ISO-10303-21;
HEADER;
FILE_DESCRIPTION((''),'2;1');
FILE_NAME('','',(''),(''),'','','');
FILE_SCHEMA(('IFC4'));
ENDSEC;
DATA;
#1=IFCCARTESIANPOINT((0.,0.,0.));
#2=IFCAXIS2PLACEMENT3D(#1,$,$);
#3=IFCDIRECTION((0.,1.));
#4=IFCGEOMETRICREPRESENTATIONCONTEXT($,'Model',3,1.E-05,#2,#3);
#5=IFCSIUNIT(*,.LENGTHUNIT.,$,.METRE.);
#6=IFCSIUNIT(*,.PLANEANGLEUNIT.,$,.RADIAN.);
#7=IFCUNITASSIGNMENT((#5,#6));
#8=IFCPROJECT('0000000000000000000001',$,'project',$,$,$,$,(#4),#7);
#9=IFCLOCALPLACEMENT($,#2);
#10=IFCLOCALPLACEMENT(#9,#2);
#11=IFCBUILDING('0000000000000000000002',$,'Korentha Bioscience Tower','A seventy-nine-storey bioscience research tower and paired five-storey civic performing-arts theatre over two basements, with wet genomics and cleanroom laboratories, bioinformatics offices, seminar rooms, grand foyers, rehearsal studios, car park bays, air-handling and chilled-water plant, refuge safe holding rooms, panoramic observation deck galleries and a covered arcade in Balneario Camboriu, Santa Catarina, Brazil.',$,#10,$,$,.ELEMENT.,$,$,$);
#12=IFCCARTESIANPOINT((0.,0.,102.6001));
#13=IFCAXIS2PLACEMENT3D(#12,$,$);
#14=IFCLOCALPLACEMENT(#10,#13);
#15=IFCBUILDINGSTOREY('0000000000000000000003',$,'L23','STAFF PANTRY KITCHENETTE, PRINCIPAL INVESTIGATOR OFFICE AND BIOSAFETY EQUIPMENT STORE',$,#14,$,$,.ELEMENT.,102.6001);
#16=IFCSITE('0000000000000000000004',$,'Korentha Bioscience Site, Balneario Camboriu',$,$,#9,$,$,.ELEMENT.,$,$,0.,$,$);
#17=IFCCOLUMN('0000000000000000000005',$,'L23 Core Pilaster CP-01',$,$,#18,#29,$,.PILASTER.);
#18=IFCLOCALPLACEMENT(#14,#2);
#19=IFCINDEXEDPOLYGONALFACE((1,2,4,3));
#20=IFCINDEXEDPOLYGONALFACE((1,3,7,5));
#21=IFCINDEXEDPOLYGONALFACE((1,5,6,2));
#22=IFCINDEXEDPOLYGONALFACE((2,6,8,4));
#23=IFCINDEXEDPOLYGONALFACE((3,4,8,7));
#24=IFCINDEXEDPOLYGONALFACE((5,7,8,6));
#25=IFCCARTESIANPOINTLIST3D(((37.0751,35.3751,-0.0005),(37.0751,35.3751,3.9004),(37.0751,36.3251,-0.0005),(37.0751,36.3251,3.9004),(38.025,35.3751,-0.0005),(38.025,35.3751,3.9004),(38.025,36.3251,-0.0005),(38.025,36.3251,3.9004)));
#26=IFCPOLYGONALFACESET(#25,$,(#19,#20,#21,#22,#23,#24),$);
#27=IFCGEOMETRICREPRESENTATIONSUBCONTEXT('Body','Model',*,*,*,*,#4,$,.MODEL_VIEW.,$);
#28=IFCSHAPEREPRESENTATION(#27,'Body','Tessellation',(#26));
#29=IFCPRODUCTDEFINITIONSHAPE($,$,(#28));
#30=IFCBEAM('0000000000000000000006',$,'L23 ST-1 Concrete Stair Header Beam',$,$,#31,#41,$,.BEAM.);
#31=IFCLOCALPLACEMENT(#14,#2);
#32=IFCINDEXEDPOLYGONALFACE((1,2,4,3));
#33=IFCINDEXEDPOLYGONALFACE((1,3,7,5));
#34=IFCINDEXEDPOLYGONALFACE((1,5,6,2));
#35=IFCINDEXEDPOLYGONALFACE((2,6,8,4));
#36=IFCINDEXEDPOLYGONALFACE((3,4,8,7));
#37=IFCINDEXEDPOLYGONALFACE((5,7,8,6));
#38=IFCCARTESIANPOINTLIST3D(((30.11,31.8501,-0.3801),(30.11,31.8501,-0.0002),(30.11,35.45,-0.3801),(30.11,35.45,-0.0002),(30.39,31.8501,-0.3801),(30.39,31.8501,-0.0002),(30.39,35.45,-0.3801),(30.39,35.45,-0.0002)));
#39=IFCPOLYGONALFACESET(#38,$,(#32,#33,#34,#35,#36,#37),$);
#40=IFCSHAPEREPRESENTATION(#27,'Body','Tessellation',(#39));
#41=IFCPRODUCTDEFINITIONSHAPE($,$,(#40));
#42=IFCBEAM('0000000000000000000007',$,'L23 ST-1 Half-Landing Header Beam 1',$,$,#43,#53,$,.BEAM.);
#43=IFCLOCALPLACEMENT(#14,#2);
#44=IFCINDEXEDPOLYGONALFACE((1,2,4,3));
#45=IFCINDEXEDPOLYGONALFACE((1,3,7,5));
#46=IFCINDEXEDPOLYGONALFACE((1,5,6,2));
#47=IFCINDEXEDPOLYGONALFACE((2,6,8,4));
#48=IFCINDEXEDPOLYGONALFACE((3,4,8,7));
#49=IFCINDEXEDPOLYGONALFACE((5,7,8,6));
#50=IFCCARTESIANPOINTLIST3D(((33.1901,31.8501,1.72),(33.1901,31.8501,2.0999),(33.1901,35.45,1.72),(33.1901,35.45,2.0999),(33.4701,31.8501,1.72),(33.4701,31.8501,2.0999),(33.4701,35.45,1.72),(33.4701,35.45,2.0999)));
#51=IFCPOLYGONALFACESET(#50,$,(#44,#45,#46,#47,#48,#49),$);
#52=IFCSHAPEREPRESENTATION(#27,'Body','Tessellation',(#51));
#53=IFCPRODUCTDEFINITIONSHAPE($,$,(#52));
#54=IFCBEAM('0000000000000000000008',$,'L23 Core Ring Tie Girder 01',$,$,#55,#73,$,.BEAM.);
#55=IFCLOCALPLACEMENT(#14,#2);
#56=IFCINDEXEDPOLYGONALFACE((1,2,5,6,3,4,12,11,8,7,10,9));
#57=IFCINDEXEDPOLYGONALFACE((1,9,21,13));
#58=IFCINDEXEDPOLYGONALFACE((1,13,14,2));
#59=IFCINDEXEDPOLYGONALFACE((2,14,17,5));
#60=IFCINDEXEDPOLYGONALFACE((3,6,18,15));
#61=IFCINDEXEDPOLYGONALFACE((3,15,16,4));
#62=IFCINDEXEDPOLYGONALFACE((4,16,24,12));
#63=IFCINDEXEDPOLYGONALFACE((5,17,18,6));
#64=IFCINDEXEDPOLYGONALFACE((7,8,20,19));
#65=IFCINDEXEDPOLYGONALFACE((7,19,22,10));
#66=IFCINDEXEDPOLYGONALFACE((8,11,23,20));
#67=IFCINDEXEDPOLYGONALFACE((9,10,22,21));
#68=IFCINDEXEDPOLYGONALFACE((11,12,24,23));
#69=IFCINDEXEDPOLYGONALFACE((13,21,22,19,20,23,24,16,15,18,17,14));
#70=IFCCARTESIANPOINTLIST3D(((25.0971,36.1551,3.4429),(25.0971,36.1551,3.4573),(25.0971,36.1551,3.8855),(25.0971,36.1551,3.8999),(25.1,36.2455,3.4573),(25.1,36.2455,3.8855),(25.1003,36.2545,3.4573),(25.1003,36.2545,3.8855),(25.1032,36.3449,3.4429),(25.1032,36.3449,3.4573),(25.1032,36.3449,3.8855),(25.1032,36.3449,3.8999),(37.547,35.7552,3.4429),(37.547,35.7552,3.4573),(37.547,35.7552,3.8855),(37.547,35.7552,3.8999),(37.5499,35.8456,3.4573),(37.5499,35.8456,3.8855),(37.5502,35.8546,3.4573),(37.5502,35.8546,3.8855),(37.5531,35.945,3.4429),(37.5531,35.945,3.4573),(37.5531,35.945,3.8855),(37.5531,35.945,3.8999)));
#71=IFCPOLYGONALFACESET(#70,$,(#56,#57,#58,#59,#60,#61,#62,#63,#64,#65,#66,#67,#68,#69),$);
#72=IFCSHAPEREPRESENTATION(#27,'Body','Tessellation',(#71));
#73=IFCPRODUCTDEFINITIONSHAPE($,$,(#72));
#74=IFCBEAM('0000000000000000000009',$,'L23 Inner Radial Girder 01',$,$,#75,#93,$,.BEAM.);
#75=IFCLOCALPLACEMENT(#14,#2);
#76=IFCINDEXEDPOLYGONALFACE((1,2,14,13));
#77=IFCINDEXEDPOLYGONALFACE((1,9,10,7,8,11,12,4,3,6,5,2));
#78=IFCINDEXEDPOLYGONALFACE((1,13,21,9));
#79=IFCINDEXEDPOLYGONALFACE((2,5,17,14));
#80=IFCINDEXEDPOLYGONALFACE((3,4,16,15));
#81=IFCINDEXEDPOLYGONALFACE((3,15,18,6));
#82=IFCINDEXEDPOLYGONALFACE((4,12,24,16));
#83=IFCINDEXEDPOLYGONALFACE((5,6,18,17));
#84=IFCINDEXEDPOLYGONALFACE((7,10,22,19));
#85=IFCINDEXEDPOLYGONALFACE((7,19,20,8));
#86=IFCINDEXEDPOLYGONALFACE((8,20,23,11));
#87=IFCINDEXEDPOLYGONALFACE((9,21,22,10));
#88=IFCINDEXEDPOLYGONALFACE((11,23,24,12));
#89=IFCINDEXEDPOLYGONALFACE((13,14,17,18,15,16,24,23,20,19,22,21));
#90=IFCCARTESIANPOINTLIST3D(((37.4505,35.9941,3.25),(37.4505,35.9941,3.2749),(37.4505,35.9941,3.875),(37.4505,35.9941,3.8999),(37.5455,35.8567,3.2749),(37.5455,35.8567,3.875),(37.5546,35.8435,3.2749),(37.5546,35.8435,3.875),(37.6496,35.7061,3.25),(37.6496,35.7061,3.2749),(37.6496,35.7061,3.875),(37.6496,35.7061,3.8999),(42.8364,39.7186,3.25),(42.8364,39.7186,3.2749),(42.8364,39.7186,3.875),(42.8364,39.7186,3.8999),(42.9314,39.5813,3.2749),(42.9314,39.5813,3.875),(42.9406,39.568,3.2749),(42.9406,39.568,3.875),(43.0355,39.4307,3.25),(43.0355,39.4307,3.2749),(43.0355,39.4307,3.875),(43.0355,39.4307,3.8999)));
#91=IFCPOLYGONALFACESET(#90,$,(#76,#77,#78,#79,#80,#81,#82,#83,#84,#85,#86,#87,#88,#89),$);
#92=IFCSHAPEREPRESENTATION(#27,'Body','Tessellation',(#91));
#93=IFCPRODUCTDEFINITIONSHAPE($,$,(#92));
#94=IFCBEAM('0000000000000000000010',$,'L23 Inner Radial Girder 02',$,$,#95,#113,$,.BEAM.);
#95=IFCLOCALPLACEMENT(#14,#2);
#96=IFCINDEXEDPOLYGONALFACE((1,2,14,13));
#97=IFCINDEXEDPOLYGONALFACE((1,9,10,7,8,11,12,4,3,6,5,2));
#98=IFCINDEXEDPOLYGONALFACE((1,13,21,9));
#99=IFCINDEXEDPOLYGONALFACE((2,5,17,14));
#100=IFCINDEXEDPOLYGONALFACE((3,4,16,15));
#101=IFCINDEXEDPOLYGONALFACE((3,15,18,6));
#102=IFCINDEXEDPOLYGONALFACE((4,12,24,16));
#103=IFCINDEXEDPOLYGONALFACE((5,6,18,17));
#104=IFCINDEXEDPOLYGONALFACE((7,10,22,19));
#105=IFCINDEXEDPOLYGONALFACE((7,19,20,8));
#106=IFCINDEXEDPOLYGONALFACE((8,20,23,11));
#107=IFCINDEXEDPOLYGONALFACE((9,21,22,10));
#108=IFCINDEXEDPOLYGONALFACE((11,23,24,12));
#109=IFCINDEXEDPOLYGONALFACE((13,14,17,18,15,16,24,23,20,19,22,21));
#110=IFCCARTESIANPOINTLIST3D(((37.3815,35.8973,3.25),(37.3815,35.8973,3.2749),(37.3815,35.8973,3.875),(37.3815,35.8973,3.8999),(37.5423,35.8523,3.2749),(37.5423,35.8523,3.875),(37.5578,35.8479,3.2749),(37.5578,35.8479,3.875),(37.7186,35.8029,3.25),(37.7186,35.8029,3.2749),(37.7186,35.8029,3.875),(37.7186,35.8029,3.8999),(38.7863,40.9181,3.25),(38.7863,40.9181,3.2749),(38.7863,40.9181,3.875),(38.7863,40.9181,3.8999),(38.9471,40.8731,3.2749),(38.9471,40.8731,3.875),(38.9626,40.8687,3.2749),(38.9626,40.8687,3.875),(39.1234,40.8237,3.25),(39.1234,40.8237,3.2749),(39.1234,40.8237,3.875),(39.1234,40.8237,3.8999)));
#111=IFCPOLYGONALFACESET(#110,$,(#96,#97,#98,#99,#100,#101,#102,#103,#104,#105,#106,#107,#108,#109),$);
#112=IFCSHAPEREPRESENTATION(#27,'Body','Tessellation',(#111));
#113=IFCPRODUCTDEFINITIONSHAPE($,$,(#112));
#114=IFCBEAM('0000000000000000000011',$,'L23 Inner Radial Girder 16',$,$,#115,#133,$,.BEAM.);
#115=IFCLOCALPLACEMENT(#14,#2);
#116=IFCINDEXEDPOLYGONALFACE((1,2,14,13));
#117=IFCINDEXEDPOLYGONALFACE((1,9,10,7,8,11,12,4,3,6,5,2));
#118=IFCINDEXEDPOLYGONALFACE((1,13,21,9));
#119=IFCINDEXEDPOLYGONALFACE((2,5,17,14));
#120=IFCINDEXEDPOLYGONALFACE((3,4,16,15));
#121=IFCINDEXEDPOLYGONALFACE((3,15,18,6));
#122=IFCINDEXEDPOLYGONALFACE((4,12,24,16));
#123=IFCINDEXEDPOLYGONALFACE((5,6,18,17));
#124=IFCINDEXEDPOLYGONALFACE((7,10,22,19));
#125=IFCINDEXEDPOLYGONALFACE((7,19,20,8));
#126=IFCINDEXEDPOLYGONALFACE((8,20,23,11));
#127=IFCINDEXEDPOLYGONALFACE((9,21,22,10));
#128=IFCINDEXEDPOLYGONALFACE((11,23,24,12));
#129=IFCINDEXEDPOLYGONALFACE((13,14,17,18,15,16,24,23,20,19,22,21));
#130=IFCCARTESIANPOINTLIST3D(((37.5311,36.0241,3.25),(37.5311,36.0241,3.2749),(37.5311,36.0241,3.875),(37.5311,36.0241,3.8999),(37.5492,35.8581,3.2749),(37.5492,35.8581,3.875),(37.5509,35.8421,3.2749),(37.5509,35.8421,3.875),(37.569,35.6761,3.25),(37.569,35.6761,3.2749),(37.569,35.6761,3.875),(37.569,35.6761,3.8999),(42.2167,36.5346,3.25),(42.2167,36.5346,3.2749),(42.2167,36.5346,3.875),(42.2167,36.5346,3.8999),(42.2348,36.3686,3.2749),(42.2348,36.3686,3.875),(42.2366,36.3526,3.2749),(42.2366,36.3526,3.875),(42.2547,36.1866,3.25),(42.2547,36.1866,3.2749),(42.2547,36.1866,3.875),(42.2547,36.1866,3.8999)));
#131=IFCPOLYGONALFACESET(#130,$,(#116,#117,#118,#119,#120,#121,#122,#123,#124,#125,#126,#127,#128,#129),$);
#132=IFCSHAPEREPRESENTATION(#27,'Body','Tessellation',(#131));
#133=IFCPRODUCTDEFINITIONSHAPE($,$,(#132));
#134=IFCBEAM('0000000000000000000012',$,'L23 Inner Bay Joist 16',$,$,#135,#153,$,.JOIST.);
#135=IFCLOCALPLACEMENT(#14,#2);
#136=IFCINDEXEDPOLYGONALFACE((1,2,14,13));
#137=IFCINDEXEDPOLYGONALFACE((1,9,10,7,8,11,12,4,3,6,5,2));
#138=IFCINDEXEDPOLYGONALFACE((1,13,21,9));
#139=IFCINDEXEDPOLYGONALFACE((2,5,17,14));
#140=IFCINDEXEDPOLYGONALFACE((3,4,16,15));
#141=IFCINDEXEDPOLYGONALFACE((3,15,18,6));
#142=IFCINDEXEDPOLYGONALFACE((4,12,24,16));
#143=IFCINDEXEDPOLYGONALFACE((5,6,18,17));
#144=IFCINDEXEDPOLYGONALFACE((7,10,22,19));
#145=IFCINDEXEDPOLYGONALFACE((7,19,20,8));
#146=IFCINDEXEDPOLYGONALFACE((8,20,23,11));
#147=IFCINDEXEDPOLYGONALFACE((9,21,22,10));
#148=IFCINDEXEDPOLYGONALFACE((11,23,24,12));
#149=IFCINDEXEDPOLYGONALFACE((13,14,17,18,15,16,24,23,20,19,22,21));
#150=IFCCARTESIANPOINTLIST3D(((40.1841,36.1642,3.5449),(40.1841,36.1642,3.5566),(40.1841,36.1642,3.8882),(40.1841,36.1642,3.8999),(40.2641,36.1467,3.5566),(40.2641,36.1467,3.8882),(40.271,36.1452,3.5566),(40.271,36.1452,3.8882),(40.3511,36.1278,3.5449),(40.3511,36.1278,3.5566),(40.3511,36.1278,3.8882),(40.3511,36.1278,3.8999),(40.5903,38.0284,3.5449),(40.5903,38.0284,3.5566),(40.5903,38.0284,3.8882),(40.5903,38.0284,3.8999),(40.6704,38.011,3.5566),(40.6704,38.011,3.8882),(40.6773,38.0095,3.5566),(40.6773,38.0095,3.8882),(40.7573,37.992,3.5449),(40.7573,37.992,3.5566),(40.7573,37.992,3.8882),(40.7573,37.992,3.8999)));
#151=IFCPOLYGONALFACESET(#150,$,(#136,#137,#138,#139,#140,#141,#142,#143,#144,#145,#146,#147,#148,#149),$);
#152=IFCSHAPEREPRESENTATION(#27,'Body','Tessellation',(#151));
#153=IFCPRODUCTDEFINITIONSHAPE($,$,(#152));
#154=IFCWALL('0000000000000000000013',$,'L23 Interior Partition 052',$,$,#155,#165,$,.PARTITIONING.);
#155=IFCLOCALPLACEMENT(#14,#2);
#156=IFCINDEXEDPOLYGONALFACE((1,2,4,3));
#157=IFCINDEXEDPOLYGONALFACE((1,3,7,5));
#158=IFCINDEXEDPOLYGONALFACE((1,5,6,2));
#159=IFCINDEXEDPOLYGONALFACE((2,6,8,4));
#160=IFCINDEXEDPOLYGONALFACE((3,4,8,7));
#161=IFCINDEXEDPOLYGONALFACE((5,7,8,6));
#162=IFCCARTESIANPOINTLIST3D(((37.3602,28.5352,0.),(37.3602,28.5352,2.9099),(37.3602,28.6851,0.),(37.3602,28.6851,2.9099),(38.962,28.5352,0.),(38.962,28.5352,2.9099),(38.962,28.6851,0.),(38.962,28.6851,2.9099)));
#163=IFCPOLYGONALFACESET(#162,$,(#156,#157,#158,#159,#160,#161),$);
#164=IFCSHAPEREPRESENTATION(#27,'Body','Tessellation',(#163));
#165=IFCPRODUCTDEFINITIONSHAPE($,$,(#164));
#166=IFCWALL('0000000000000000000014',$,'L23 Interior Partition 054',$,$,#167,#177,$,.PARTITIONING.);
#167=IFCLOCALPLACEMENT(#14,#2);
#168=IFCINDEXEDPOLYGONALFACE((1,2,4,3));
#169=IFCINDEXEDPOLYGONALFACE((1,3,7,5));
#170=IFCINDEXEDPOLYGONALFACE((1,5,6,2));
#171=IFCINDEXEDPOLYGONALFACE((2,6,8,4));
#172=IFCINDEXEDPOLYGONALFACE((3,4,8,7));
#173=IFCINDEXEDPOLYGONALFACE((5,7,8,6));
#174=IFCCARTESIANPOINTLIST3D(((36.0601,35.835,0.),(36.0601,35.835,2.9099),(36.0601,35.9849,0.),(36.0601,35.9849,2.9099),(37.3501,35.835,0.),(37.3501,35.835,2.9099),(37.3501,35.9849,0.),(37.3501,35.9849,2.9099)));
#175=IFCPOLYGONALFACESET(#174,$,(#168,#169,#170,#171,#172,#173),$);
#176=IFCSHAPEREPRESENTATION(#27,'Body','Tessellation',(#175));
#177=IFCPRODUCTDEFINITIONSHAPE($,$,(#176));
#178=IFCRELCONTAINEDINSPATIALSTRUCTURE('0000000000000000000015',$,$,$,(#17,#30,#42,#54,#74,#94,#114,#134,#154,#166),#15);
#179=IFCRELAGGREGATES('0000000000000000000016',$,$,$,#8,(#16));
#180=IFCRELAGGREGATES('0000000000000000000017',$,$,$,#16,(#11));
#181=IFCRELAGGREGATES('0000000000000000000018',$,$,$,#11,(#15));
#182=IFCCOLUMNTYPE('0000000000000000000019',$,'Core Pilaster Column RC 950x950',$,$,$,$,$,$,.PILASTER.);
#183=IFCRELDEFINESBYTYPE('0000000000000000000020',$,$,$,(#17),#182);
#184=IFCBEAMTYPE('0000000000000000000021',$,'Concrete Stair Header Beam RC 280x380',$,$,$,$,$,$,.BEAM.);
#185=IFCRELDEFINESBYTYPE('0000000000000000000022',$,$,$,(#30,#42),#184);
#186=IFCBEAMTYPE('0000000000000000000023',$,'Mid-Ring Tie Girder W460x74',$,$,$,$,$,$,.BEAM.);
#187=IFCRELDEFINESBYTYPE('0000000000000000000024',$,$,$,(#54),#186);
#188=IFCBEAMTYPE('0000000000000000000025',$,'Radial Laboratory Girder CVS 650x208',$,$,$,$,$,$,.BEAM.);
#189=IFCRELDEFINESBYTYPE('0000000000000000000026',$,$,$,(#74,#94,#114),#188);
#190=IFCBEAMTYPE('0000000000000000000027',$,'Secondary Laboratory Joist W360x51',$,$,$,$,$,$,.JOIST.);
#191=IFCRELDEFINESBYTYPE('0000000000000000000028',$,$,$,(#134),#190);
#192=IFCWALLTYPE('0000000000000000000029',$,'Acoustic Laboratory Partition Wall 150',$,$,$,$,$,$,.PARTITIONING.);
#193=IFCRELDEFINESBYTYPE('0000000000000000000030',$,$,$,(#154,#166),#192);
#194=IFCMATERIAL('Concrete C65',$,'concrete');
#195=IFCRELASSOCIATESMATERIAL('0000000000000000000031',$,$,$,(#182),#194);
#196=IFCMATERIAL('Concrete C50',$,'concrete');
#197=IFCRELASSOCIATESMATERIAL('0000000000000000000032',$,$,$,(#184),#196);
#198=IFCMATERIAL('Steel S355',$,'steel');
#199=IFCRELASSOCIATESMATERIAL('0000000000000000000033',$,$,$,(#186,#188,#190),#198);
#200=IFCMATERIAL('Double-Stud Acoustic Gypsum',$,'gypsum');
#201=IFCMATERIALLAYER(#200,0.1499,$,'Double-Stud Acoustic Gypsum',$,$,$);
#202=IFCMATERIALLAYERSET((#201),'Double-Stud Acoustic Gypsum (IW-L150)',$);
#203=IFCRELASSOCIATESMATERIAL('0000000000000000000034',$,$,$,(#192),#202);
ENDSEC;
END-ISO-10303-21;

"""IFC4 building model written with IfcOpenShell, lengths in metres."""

from ifc_helpers import new_model, si_unit, direction, frame, frame_2d, origin, origin_2d, place, context, subcontext, project, spatial, rectangle, i_section, extrude, material, layer, layer_set, material_profile, profile_set, type_object, element, save


model = new_model("IFC4")

# Units and contexts
model_context = context("Model", 3, precision=1e-05, world=origin(), true_north=direction((0.0, 1.0)))
body_context = subcontext(model_context, "Body", "Model", "MODEL_VIEW")
ifc_project = project(units=[si_unit("LENGTHUNIT", "METRE"), si_unit("PLANEANGLEUNIT", "RADIAN")], contexts=[model_context])

# Site, building, storey
site_placement = place(None, origin())
site = spatial("IfcSite", under=ifc_project, at=site_placement, Name="Korentha Bioscience Site, Balneario Camboriu", CompositionType="ELEMENT", RefElevation=0.0)
building_placement = place(site_placement, origin())
building = spatial("IfcBuilding", under=site, at=building_placement, Name="Korentha Bioscience Tower", Description="A seventy-nine-storey bioscience research tower and paired five-storey civic performing-arts theatre over two basements, with wet genomics and cleanroom laboratories, bioinformatics offices, seminar rooms, grand foyers, rehearsal studios, car park bays, air-handling and chilled-water plant, refuge safe holding rooms, panoramic observation deck galleries and a covered arcade in Balneario Camboriu, Santa Catarina, Brazil.", CompositionType="ELEMENT")
storey_placement = place(building_placement, frame((0.0, 0.0, 102.6001)))
storey = spatial("IfcBuildingStorey", under=building, at=storey_placement, Name="L23", Description="STAFF PANTRY KITCHENETTE, PRINCIPAL INVESTIGATOR OFFICE AND BIOSAFETY EQUIPMENT STORE", CompositionType="ELEMENT", Elevation=102.6001)

# Column
ifc_material_1 = material(Name="Concrete C65", Category="concrete")
ifc_material_profile_1 = material_profile(ifc_material_1, rectangle(XDim=0.95, YDim=0.95, at=origin_2d()), Name="Concrete C65")
ifc_profile_set_1 = profile_set([ifc_material_profile_1], Name="Concrete C65 (COL-CP09)")
column_type = type_object("IfcColumnType", Name="Core Pilaster Column RC 950x950", PredefinedType="PILASTER", material=ifc_profile_set_1)
column_placement = place(storey_placement, frame((37.55, 35.8501, -0.0005), z_axis=(0.0, 0.0, 1.0), x_axis=(1.0, 0.0, 0.0)))
element("IfcColumn", 1, at=column_placement, inside=storey, type_object=column_type, Name="L23 Core Pilaster CP-01", PredefinedType="PILASTER", context=body_context, shape_type="SweptSolid", body=[
    extrude(rectangle(XDim=0.95, YDim=0.95, at=origin_2d()), origin(), (0.0, 0.0, 1.0), 3.9009),
])

# Beams
ifc_material_2 = material(Name="Concrete C50", Category="concrete")
ifc_material_profile_2 = material_profile(ifc_material_2, rectangle(XDim=0.28, YDim=0.3799, at=origin_2d()), Name="Concrete C50")
ifc_profile_set_2 = profile_set([ifc_material_profile_2], Name="Concrete C50 (ST-HB380)")
beam_type_1 = type_object("IfcBeamType", Name="Concrete Stair Header Beam RC 280x380", PredefinedType="BEAM", material=ifc_profile_set_2)
for number, where, z_axis, x_axis, name in (
    (2, (30.25, 31.8501, -0.1902), (0.0, 1.0, 0.0), (-1.0, 0.0, 0.0), "L23 ST-1 Concrete Stair Header Beam"),
    (3, (33.3301, 31.8501, 1.9099), (0.0, 1.0, 0.0), (-1.0, 0.0, 0.0), "L23 ST-1 Half-Landing Header Beam 1"),
):
    element("IfcBeam", number, at=place(storey_placement, frame(where, z_axis=z_axis, x_axis=x_axis)), inside=storey, type_object=beam_type_1, Name=name, PredefinedType="BEAM", context=body_context, shape_type="SweptSolid", body=[
        extrude(rectangle(XDim=0.28, YDim=0.3799, at=origin_2d()), origin(), (0.0, 0.0, 1.0), 3.5999),
    ])
ifc_material_3 = material(Name="Steel S355", Category="steel")
ifc_material_profile_3 = material_profile(ifc_material_3, i_section(OverallWidth=0.1899, OverallDepth=0.457, WebThickness=0.009, FlangeThickness=0.0144, at=origin_2d()), Name="Steel S355")
ifc_profile_set_3 = profile_set([ifc_material_profile_3], Name="Steel S355 (MB-460)")
beam_type_2 = type_object("IfcBeamType", Name="Mid-Ring Tie Girder W460x74", PredefinedType="BEAM", material=ifc_profile_set_3)
beam_1_placement = place(storey_placement, frame((37.55, 35.8501, 3.6714), z_axis=(-0.999485, 0.032104, 0.0), x_axis=(-0.032104, -0.999485, 0.0)))
element("IfcBeam", 4, at=beam_1_placement, inside=storey, type_object=beam_type_2, Name="L23 Core Ring Tie Girder 01", PredefinedType="BEAM", context=body_context, shape_type="SweptSolid", body=[
    extrude(i_section(OverallWidth=0.1899, OverallDepth=0.457, WebThickness=0.009, FlangeThickness=0.0144, at=origin_2d()), origin(), (0.0, 0.0, 1.0), 12.4563),
])
ifc_material_profile_4 = material_profile(ifc_material_3, i_section(OverallWidth=0.3501, OverallDepth=0.6499, WebThickness=0.0161, FlangeThickness=0.0249, at=origin_2d()), Name="Steel S355")
ifc_profile_set_4 = profile_set([ifc_material_profile_4], Name="Steel S355 (RB-650)")
beam_type_3 = type_object("IfcBeamType", Name="Radial Laboratory Girder CVS 650x208", PredefinedType="BEAM", material=ifc_profile_set_4)
beam_2_placement = place(storey_placement, frame((37.55, 35.8501, 3.575), z_axis=(0.822489, 0.568781, 0.0), x_axis=(-0.568781, 0.822489, 0.0)))
element("IfcBeam", 5, at=beam_2_placement, inside=storey, type_object=beam_type_3, Name="L23 Inner Radial Girder 01", PredefinedType="BEAM", context=body_context, shape_type="SweptSolid", body=[
    extrude(i_section(OverallWidth=0.3501, OverallDepth=0.6499, WebThickness=0.0161, FlangeThickness=0.0249, at=origin_2d()), origin(), (0.0, 0.0, 1.0), 6.5483),
])
beam_3_placement = place(storey_placement, frame((37.55, 35.8501, 3.575), z_axis=(0.269448, 0.963015, 0.0), x_axis=(-0.963015, 0.269448, 0.0)))
element("IfcBeam", 6, at=beam_3_placement, inside=storey, type_object=beam_type_3, Name="L23 Inner Radial Girder 02", PredefinedType="BEAM", context=body_context, shape_type="SweptSolid", body=[
    extrude(i_section(OverallWidth=0.3501, OverallDepth=0.6499, WebThickness=0.0161, FlangeThickness=0.0249, at=origin_2d()), origin(), (0.0, 0.0, 1.0), 5.2136),
])
beam_4_placement = place(storey_placement, frame((37.55, 35.8501, 3.575), z_axis=(0.994117, 0.108311, 0.0), x_axis=(-0.108311, 0.994117, 0.0)))
element("IfcBeam", 7, at=beam_4_placement, inside=storey, type_object=beam_type_3, Name="L23 Inner Radial Girder 16", PredefinedType="BEAM", context=body_context, shape_type="SweptSolid", body=[
    extrude(i_section(OverallWidth=0.3501, OverallDepth=0.6499, WebThickness=0.0161, FlangeThickness=0.0249, at=origin_2d()), origin(), (0.0, 0.0, 1.0), 4.7134),
])
ifc_material_profile_5 = material_profile(ifc_material_3, i_section(OverallWidth=0.1709, OverallDepth=0.355, WebThickness=0.0071, FlangeThickness=0.0117, at=origin_2d()), Name="Steel S355")
ifc_profile_set_5 = profile_set([ifc_material_profile_5], Name="Steel S355 (JB-360)")
beam_type_4 = type_object("IfcBeamType", Name="Secondary Laboratory Joist W360x51", PredefinedType="JOIST", material=ifc_profile_set_5)
beam_5_placement = place(storey_placement, frame((40.2676, 36.146, 3.7224), z_axis=(0.212918, 0.97707, 0.0), x_axis=(-0.97707, 0.212918, 0.0)))
element("IfcBeam", 8, at=beam_5_placement, inside=storey, type_object=beam_type_4, Name="L23 Inner Bay Joist 16", PredefinedType="JOIST", context=body_context, shape_type="SweptSolid", body=[
    extrude(i_section(OverallWidth=0.1709, OverallDepth=0.355, WebThickness=0.0071, FlangeThickness=0.0117, at=origin_2d()), origin(), (0.0, 0.0, 1.0), 1.908),
])

# Walls
ifc_material_4 = material(Name="Double-Stud Acoustic Gypsum", Category="gypsum")
ifc_layer_1 = layer(ifc_material_4, 0.1499, Name="Double-Stud Acoustic Gypsum")
ifc_layer_set_1 = layer_set([ifc_layer_1], Name="Double-Stud Acoustic Gypsum (IW-L150)")
wall_type_1 = type_object("IfcWallType", Name="Acoustic Laboratory Partition Wall 150", PredefinedType="PARTITIONING", material=ifc_layer_set_1)
wall_1_placement = place(storey_placement, frame((38.9619, 28.6101, 0.0), z_axis=(0.0, 0.0, 1.0), x_axis=(-1.0, 0.0, 0.0)))
element("IfcWall", 9, at=wall_1_placement, inside=storey, type_object=wall_type_1, Name="L23 Interior Partition 052", PredefinedType="PARTITIONING", context=body_context, shape_type="SweptSolid", body=[
    extrude(rectangle(XDim=1.6018, YDim=0.1499, at=frame_2d((0.8008, 0.0))), origin(), (0.0, 0.0, 1.0), 2.9099),
])
wall_2_placement = place(storey_placement, frame((37.3501, 35.9099, 0.0), z_axis=(0.0, 0.0, 1.0), x_axis=(-1.0, 0.0, 0.0)))
element("IfcWall", 10, at=wall_2_placement, inside=storey, type_object=wall_type_1, Name="L23 Interior Partition 054", PredefinedType="PARTITIONING", context=body_context, shape_type="SweptSolid", body=[
    extrude(rectangle(XDim=1.29, YDim=0.1499, at=frame_2d((0.645, 0.0))), origin(), (0.0, 0.0, 1.0), 2.9099),
])

save(model, "model.ifc")
